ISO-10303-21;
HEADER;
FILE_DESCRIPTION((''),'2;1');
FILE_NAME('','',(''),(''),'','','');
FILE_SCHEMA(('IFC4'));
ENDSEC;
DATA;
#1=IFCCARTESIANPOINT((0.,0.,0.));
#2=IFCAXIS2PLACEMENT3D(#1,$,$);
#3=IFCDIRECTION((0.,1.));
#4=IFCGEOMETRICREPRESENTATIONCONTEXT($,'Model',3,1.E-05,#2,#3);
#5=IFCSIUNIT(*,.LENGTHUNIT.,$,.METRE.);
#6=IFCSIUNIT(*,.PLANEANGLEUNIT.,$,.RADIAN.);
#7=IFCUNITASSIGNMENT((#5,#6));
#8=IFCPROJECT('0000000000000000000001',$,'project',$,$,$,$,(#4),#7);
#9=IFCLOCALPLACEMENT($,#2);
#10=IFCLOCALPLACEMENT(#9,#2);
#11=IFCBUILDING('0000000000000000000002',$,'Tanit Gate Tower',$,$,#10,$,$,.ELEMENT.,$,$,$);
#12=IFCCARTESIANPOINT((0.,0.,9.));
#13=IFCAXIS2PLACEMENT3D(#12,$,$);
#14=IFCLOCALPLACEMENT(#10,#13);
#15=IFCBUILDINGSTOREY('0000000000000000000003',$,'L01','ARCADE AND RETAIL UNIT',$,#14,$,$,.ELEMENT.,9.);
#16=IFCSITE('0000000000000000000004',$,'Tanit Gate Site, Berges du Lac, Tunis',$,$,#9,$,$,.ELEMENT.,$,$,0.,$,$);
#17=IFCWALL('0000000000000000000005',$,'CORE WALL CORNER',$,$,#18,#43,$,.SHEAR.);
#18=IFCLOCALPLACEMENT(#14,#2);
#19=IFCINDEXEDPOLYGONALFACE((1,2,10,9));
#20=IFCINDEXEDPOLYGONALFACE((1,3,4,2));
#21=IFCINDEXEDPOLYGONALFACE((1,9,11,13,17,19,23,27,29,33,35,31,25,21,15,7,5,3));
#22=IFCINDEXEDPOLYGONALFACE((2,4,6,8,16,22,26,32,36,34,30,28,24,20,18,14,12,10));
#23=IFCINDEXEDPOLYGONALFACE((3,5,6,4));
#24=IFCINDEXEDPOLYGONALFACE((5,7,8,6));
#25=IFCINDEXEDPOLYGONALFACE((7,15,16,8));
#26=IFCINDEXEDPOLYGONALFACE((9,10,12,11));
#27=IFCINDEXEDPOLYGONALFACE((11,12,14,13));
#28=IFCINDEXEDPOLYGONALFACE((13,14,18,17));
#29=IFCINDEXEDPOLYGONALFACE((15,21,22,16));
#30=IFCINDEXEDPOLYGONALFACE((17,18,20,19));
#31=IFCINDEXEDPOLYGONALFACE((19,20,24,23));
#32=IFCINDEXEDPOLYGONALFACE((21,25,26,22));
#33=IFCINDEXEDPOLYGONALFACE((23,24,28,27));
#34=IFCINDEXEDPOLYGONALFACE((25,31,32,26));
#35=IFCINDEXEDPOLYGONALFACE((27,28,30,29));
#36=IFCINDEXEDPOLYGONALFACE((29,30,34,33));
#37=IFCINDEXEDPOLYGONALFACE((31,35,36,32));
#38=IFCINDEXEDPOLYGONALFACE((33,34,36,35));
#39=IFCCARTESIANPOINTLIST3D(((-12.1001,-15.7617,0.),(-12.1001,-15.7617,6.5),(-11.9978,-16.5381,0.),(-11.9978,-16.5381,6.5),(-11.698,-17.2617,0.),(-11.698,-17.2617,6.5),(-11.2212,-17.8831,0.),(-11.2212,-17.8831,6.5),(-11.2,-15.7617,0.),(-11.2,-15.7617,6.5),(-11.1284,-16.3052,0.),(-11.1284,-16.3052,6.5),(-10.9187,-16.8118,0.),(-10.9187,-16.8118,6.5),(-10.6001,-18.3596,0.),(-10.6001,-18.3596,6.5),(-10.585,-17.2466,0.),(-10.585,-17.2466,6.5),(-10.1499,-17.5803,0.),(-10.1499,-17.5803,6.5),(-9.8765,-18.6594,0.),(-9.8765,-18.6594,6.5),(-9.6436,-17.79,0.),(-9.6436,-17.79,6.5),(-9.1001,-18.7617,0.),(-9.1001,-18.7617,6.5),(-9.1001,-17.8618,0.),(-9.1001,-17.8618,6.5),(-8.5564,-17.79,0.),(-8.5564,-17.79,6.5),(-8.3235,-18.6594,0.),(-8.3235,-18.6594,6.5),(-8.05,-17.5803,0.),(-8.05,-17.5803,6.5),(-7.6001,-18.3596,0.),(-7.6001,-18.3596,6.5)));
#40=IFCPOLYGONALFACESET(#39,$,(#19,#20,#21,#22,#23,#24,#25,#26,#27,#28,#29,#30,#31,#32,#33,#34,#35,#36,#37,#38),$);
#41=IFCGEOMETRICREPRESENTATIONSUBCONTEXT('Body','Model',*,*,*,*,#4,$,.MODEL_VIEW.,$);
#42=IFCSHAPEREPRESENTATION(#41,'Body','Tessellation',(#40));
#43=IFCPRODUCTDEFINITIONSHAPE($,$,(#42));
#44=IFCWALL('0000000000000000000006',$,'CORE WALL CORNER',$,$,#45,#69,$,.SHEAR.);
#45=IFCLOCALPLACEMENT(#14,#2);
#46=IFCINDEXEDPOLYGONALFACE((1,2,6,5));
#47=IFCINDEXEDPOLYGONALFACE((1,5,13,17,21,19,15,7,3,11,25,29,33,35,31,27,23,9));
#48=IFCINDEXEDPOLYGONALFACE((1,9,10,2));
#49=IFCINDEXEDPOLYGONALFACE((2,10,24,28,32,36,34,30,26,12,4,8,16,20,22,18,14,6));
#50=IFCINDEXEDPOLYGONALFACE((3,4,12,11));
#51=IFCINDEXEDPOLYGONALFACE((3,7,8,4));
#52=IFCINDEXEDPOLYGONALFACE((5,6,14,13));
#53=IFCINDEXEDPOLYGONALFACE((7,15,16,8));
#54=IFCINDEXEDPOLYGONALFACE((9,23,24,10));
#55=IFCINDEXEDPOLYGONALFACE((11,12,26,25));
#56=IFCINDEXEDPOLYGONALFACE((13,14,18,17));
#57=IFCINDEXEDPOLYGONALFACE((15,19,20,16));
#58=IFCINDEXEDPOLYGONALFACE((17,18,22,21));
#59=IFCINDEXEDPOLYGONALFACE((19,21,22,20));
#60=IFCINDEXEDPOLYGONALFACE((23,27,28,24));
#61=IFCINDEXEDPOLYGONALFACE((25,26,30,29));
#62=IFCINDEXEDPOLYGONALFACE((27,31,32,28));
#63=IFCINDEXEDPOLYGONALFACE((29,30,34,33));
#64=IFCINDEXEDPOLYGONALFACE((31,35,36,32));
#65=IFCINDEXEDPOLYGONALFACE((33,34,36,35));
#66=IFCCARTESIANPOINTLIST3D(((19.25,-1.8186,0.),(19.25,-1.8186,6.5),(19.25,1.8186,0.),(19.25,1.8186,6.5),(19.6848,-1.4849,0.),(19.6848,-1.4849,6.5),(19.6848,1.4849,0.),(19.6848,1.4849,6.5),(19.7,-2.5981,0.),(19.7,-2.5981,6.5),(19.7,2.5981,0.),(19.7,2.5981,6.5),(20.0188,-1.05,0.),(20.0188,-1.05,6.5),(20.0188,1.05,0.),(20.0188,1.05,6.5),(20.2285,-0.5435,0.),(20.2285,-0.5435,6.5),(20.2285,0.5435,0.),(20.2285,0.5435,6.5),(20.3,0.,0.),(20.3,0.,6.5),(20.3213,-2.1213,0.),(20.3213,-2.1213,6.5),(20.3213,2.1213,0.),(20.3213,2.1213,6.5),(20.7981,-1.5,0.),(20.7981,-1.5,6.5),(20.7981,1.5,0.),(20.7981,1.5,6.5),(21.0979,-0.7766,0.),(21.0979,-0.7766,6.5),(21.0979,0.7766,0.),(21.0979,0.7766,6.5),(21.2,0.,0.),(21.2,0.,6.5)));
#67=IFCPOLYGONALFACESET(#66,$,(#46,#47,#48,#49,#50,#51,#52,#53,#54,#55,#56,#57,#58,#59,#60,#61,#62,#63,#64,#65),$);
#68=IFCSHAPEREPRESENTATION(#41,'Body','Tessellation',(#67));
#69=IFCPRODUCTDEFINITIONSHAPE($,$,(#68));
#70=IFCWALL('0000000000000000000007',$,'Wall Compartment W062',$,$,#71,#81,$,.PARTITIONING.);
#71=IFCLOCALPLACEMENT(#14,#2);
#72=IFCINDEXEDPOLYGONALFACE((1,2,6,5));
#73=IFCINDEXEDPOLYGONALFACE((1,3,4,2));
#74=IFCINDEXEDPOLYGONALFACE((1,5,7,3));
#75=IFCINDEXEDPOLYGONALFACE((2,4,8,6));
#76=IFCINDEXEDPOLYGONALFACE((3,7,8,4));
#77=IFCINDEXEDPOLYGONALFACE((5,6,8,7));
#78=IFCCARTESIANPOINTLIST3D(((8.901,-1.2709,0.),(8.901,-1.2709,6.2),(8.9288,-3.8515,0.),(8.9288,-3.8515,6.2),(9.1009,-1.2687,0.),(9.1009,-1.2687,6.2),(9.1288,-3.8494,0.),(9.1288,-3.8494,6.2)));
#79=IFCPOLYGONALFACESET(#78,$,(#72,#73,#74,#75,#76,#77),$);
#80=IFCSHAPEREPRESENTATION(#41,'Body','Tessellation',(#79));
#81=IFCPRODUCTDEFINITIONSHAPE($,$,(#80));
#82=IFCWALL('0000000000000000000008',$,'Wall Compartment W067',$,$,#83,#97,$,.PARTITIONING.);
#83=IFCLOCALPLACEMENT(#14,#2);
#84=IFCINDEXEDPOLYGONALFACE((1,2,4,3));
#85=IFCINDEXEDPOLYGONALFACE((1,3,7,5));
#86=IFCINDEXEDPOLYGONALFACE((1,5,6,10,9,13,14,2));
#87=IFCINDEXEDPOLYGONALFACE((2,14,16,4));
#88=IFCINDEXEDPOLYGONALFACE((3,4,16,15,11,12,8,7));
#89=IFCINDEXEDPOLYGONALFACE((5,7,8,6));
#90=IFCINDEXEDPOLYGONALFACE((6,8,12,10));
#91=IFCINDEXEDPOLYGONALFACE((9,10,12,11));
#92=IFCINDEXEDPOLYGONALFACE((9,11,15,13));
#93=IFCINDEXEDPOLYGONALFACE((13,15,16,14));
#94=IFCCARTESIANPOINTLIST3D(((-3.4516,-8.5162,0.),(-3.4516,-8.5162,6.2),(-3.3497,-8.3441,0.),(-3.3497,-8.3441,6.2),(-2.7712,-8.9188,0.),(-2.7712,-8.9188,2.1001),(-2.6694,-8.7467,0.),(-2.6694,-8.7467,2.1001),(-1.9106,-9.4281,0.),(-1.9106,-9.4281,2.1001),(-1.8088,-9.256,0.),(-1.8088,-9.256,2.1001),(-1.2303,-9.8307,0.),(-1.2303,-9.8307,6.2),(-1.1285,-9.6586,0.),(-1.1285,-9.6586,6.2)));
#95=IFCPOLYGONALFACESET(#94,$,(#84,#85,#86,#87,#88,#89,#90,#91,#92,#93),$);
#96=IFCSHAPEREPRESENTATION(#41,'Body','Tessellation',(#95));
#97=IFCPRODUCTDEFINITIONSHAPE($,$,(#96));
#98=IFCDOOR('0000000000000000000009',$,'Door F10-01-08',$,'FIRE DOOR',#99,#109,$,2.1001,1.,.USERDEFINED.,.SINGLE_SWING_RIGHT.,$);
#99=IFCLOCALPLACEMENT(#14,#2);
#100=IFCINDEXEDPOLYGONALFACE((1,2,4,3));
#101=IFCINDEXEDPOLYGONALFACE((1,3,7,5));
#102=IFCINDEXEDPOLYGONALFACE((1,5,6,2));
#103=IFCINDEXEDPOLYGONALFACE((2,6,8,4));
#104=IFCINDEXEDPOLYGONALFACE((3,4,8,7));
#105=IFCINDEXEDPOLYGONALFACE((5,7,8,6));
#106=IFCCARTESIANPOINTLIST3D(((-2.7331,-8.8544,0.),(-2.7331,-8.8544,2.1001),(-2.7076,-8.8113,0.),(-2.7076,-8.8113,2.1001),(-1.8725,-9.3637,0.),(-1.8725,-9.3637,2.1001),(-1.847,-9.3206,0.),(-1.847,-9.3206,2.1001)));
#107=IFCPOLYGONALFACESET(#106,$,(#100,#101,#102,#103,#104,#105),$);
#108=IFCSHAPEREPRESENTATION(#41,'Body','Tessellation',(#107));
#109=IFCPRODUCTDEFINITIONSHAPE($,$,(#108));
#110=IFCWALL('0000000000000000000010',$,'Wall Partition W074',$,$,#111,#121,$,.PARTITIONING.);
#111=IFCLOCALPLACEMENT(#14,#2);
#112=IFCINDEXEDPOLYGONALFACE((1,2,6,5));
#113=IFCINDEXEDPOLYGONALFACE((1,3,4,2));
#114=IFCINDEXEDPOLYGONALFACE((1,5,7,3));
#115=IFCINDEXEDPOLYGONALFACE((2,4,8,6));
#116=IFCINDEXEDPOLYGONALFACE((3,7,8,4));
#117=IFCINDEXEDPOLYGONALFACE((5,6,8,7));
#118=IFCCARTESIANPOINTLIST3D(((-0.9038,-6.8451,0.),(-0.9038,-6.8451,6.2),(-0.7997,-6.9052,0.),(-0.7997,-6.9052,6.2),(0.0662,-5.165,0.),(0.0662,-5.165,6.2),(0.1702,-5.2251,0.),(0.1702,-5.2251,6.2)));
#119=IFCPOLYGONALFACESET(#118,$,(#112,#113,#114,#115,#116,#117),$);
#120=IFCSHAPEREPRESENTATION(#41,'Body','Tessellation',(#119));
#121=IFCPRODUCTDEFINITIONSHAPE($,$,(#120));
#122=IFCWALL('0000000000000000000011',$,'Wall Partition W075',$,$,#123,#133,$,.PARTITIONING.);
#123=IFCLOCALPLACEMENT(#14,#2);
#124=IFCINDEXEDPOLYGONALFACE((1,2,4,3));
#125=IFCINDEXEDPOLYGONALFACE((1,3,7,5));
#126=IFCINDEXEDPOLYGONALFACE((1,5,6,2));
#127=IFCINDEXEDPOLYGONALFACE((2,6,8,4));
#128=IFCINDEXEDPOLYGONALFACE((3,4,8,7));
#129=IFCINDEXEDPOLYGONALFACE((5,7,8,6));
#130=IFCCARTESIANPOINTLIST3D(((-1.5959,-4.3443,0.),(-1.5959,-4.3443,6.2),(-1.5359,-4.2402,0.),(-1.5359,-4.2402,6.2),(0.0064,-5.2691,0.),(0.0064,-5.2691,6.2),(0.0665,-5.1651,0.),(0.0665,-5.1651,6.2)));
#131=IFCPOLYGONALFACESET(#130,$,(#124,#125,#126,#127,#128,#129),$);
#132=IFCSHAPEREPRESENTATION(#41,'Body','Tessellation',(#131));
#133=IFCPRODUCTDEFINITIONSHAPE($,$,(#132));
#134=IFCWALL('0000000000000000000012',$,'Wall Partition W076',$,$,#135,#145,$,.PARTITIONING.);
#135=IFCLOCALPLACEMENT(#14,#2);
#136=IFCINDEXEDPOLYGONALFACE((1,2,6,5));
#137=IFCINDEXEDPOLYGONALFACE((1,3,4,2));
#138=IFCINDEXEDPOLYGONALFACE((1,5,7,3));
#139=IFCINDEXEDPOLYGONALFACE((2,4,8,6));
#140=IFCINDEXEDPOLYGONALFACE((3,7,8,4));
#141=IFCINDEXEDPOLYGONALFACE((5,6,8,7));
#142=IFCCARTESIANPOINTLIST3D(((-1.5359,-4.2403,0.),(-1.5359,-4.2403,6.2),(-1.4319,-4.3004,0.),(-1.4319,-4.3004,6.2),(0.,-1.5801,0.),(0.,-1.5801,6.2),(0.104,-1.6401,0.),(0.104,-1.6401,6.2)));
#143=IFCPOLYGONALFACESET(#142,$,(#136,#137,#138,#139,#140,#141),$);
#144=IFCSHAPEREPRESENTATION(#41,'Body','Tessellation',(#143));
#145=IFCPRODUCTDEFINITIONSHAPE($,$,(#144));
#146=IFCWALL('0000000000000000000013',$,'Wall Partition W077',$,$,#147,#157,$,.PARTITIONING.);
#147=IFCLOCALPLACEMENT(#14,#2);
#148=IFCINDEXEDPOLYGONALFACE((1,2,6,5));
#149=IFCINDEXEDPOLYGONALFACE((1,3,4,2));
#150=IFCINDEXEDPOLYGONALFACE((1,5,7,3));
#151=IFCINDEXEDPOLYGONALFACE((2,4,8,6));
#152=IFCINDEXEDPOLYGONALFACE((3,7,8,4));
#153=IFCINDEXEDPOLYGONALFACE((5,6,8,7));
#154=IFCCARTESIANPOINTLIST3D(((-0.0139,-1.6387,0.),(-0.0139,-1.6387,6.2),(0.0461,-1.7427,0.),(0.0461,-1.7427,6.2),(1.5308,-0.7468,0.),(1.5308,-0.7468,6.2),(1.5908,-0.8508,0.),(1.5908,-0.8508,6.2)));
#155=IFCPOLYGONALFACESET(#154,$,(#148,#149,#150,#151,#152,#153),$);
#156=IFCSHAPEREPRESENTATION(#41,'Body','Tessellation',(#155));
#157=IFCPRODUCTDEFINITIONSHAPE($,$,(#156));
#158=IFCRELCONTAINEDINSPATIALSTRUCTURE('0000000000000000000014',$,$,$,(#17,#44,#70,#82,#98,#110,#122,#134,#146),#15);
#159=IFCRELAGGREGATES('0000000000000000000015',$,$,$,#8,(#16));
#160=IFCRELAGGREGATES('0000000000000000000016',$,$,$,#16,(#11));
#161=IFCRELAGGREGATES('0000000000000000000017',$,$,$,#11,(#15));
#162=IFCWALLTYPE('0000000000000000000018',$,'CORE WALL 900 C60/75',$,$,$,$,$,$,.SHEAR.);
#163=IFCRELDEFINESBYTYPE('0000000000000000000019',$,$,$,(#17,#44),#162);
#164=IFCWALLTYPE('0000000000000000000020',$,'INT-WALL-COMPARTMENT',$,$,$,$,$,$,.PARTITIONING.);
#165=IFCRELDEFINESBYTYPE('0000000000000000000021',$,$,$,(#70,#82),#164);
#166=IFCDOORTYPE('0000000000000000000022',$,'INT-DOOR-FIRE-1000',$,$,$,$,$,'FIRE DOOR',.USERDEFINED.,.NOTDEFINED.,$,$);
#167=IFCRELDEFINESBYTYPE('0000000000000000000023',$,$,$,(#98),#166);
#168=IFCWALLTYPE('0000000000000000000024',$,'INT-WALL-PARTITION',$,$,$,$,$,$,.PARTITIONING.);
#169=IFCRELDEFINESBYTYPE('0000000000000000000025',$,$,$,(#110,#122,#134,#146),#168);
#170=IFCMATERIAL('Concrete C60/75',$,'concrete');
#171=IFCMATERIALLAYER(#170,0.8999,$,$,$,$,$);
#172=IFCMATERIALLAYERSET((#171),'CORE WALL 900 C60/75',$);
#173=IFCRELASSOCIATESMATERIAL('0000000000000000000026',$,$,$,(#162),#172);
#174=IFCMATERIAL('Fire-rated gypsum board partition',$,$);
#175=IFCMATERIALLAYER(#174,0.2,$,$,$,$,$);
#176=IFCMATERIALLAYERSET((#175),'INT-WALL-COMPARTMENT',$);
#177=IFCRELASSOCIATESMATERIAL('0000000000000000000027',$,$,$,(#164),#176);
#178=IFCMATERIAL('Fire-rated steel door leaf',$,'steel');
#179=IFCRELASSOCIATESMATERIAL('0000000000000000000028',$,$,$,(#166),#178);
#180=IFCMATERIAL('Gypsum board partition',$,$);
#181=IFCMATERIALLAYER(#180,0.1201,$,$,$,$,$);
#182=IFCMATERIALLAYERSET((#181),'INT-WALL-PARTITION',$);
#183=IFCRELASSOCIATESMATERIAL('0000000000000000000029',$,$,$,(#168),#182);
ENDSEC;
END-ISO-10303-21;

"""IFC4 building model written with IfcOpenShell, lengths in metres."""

from ifc_helpers import new_model, si_unit, direction, frame, frame_2d, origin, place, context, subcontext, project, spatial, polyline, rectangle, outline, extrude, material, layer, layer_set, type_object, element, fill, save


model = new_model("IFC4")

# Units and contexts
model_context = context("Model", 3, precision=1e-05, world=origin(), true_north=direction((0.0, 1.0)))
body_context = subcontext(model_context, "Body", "Model", "MODEL_VIEW")
ifc_project = project(units=[si_unit("LENGTHUNIT", "METRE"), si_unit("PLANEANGLEUNIT", "RADIAN")], contexts=[model_context])

# Site, building, storey
site_placement = place(None, origin())
site = spatial("IfcSite", under=ifc_project, at=site_placement, Name="Tanit Gate Site, Berges du Lac, Tunis", CompositionType="ELEMENT", RefElevation=0.0)
building_placement = place(site_placement, origin())
building = spatial("IfcBuilding", under=site, at=building_placement, Name="Tanit Gate Tower", CompositionType="ELEMENT")
storey_placement = place(building_placement, frame((0.0, 0.0, 9.0)))
storey = spatial("IfcBuildingStorey", under=building, at=storey_placement, Name="L01", Description="ARCADE AND RETAIL UNIT", CompositionType="ELEMENT", Elevation=9.0)

# Walls
ifc_material_1 = material(Name="Concrete C60/75", Category="concrete")
ifc_layer_1 = layer(ifc_material_1, 0.8999)
ifc_layer_set_1 = layer_set([ifc_layer_1], Name="CORE WALL 900 C60/75")
wall_type_1 = type_object("IfcWallType", Name="CORE WALL 900 C60/75", PredefinedType="SHEAR", material=ifc_layer_set_1)
wall_1_placement = place(storey_placement, origin())
element("IfcWall", 1, at=wall_1_placement, inside=storey, type_object=wall_type_1, Name="CORE WALL CORNER", PredefinedType="SHEAR", context=body_context, shape_type="SweptSolid", body=[
    extrude(outline(polyline([(-12.1001, -15.7617), (-11.9978, -16.5381), (-11.698, -17.2617), (-11.2212, -17.8831), (-10.6001, -18.3596), (-9.8765, -18.6594), (-9.1001, -18.7617), (-8.3235, -18.6594), (-7.6001, -18.3596), (-8.05, -17.5803), (-8.5564, -17.79), (-9.1001, -17.8618), (-9.6436, -17.79), (-10.1499, -17.5803), (-10.585, -17.2466), (-10.9187, -16.8118), (-11.1284, -16.3052), (-11.2, -15.7617), (-12.1001, -15.7617)])), origin(), (0.0, 0.0, 1.0), 6.5),
])
wall_2_placement = place(storey_placement, origin())
element("IfcWall", 2, at=wall_2_placement, inside=storey, type_object=wall_type_1, Name="CORE WALL CORNER", PredefinedType="SHEAR", context=body_context, shape_type="SweptSolid", body=[
    extrude(outline(polyline([(19.7, -2.5981), (20.3213, -2.1213), (20.7981, -1.5), (21.0979, -0.7766), (21.2, 0.0), (21.0979, 0.7766), (20.7981, 1.5), (20.3213, 2.1213), (19.7, 2.5981), (19.25, 1.8186), (19.6848, 1.4849), (20.0188, 1.05), (20.2285, 0.5435), (20.3, 0.0), (20.2285, -0.5435), (20.0188, -1.05), (19.6848, -1.4849), (19.25, -1.8186), (19.7, -2.5981)])), origin(), (0.0, 0.0, 1.0), 6.5),
])
ifc_material_2 = material(Name="Fire-rated gypsum board partition")
ifc_layer_2 = layer(ifc_material_2, 0.2)
ifc_layer_set_2 = layer_set([ifc_layer_2], Name="INT-WALL-COMPARTMENT")
wall_type_2 = type_object("IfcWallType", Name="INT-WALL-COMPARTMENT", PredefinedType="PARTITIONING", material=ifc_layer_set_2)
wall_3_placement = place(storey_placement, frame((9.0288, -3.8506, 0.0), z_axis=(0.0, 0.0, 1.0), x_axis=(-0.010785, 0.999942, 0.0)))
element("IfcWall", 3, at=wall_3_placement, inside=storey, type_object=wall_type_2, Name="Wall Compartment W062", PredefinedType="PARTITIONING", context=body_context, shape_type="SweptSolid", body=[
    extrude(rectangle(XDim=2.5808, YDim=0.2, at=frame_2d((1.2905, 0.0))), origin(), (0.0, 0.0, 1.0), 6.2),
])

# Wall, opening, door
wall_4_placement = place(storey_placement, frame((-3.4006, -8.4302, 0.0), z_axis=(0.0, 0.0, 1.0), x_axis=(0.860599, -0.509284, 0.0)))
wall_4 = element("IfcWall", 4, at=wall_4_placement, inside=storey, type_object=wall_type_2, Name="Wall Compartment W067", PredefinedType="PARTITIONING", context=body_context, shape_type="SweptSolid", body=[
    extrude(rectangle(XDim=2.5811, YDim=0.2, at=frame_2d((1.2905, 0.0))), origin(), (0.0, 0.0, 1.0), 6.2),
])
opening_1_placement = place(wall_4_placement, frame((0.7905, 0.0, 0.0)))
opening_1 = element("IfcOpeningElement", 5, at=opening_1_placement, cuts=wall_4, PredefinedType="OPENING", context=body_context, shape_type="SweptSolid", body=[
    extrude(rectangle(XDim=1.0, YDim=2.1001, at=frame_2d((0.5, 1.05))), frame((0.0, 0.1099, 0.0), z_axis=(0.0, -1.0, 0.0), x_axis=(1.0, 0.0, 0.0)), (0.0, 0.0, 1.0), 0.22),
])
ifc_material_3 = material(Name="Fire-rated steel door leaf", Category="steel")
door_type_1 = type_object("IfcDoorType", Name="INT-DOOR-FIRE-1000", ElementType="FIRE DOOR", OperationType="NOTDEFINED", PredefinedType="USERDEFINED", material=ifc_material_3)
door_1_placement = place(opening_1_placement, origin())
door_1 = element("IfcDoor", 6, at=door_1_placement, inside=storey, type_object=door_type_1, Name="Door F10-01-08", ObjectType="FIRE DOOR", OperationType="SINGLE_SWING_RIGHT", OverallHeight=2.1001, OverallWidth=1.0, PredefinedType="USERDEFINED", context=body_context, shape_type="SweptSolid", body=[
    extrude(rectangle(XDim=1.0, YDim=2.1001, at=frame_2d((0.5, 1.05))), frame((0.0, 0.0249, 0.0), z_axis=(0.0, -1.0, 0.0), x_axis=(1.0, 0.0, 0.0)), (0.0, 0.0, 1.0), 0.05),
])
fill(opening_1, door_1)

# Walls
ifc_material_4 = material(Name="Gypsum board partition")
ifc_layer_3 = layer(ifc_material_4, 0.1201)
ifc_layer_set_3 = layer_set([ifc_layer_3], Name="INT-WALL-PARTITION")
wall_type_3 = type_object("IfcWallType", Name="INT-WALL-PARTITION", PredefinedType="PARTITIONING", material=ifc_layer_set_3)
wall_5_placement = place(storey_placement, frame((0.1182, -5.1951, 0.0), z_axis=(0.0, 0.0, 1.0), x_axis=(-0.499969, -0.866043, 0.0)))
element("IfcWall", 7, at=wall_5_placement, inside=storey, type_object=wall_type_3, Name="Wall Partition W074", PredefinedType="PARTITIONING", context=body_context, shape_type="SweptSolid", body=[
    extrude(rectangle(XDim=1.9399, YDim=0.1201, at=frame_2d((0.97, 0.0))), origin(), (0.0, 0.0, 1.0), 6.2),
])
wall_6_placement = place(storey_placement, frame((-1.5659, -4.2922, 0.0), z_axis=(0.0, 0.0, 1.0), x_axis=(0.866091, -0.499886, 0.0)))
element("IfcWall", 8, at=wall_6_placement, inside=storey, type_object=wall_type_3, Name="Wall Partition W075", PredefinedType="PARTITIONING", context=body_context, shape_type="SweptSolid", body=[
    extrude(rectangle(XDim=1.8501, YDim=0.1201, at=frame_2d((0.925, 0.0))), origin(), (0.0, 0.0, 1.0), 6.2),
])
wall_7_placement = place(storey_placement, frame((0.052, -1.6101, 0.0), z_axis=(0.0, 0.0, 1.0), x_axis=(-0.500011, -0.866019, 0.0)))
element("IfcWall", 9, at=wall_7_placement, inside=storey, type_object=wall_type_3, Name="Wall Partition W076", PredefinedType="PARTITIONING", context=body_context, shape_type="SweptSolid", body=[
    extrude(rectangle(XDim=3.0718, YDim=0.1201, at=frame_2d((1.5359, 0.0))), origin(), (0.0, 0.0, 1.0), 6.2),
])
wall_8_placement = place(storey_placement, frame((1.5608, -0.7988, 0.0), z_axis=(0.0, 0.0, 1.0), x_axis=(-0.866019, -0.500011, 0.0)))
element("IfcWall", 10, at=wall_8_placement, inside=storey, type_object=wall_type_3, Name="Wall Partition W077", PredefinedType="PARTITIONING", context=body_context, shape_type="SweptSolid", body=[
    extrude(rectangle(XDim=1.7837, YDim=0.1201, at=frame_2d((0.8918, 0.0))), origin(), (0.0, 0.0, 1.0), 6.2),
])

save(model, "model.ifc")
